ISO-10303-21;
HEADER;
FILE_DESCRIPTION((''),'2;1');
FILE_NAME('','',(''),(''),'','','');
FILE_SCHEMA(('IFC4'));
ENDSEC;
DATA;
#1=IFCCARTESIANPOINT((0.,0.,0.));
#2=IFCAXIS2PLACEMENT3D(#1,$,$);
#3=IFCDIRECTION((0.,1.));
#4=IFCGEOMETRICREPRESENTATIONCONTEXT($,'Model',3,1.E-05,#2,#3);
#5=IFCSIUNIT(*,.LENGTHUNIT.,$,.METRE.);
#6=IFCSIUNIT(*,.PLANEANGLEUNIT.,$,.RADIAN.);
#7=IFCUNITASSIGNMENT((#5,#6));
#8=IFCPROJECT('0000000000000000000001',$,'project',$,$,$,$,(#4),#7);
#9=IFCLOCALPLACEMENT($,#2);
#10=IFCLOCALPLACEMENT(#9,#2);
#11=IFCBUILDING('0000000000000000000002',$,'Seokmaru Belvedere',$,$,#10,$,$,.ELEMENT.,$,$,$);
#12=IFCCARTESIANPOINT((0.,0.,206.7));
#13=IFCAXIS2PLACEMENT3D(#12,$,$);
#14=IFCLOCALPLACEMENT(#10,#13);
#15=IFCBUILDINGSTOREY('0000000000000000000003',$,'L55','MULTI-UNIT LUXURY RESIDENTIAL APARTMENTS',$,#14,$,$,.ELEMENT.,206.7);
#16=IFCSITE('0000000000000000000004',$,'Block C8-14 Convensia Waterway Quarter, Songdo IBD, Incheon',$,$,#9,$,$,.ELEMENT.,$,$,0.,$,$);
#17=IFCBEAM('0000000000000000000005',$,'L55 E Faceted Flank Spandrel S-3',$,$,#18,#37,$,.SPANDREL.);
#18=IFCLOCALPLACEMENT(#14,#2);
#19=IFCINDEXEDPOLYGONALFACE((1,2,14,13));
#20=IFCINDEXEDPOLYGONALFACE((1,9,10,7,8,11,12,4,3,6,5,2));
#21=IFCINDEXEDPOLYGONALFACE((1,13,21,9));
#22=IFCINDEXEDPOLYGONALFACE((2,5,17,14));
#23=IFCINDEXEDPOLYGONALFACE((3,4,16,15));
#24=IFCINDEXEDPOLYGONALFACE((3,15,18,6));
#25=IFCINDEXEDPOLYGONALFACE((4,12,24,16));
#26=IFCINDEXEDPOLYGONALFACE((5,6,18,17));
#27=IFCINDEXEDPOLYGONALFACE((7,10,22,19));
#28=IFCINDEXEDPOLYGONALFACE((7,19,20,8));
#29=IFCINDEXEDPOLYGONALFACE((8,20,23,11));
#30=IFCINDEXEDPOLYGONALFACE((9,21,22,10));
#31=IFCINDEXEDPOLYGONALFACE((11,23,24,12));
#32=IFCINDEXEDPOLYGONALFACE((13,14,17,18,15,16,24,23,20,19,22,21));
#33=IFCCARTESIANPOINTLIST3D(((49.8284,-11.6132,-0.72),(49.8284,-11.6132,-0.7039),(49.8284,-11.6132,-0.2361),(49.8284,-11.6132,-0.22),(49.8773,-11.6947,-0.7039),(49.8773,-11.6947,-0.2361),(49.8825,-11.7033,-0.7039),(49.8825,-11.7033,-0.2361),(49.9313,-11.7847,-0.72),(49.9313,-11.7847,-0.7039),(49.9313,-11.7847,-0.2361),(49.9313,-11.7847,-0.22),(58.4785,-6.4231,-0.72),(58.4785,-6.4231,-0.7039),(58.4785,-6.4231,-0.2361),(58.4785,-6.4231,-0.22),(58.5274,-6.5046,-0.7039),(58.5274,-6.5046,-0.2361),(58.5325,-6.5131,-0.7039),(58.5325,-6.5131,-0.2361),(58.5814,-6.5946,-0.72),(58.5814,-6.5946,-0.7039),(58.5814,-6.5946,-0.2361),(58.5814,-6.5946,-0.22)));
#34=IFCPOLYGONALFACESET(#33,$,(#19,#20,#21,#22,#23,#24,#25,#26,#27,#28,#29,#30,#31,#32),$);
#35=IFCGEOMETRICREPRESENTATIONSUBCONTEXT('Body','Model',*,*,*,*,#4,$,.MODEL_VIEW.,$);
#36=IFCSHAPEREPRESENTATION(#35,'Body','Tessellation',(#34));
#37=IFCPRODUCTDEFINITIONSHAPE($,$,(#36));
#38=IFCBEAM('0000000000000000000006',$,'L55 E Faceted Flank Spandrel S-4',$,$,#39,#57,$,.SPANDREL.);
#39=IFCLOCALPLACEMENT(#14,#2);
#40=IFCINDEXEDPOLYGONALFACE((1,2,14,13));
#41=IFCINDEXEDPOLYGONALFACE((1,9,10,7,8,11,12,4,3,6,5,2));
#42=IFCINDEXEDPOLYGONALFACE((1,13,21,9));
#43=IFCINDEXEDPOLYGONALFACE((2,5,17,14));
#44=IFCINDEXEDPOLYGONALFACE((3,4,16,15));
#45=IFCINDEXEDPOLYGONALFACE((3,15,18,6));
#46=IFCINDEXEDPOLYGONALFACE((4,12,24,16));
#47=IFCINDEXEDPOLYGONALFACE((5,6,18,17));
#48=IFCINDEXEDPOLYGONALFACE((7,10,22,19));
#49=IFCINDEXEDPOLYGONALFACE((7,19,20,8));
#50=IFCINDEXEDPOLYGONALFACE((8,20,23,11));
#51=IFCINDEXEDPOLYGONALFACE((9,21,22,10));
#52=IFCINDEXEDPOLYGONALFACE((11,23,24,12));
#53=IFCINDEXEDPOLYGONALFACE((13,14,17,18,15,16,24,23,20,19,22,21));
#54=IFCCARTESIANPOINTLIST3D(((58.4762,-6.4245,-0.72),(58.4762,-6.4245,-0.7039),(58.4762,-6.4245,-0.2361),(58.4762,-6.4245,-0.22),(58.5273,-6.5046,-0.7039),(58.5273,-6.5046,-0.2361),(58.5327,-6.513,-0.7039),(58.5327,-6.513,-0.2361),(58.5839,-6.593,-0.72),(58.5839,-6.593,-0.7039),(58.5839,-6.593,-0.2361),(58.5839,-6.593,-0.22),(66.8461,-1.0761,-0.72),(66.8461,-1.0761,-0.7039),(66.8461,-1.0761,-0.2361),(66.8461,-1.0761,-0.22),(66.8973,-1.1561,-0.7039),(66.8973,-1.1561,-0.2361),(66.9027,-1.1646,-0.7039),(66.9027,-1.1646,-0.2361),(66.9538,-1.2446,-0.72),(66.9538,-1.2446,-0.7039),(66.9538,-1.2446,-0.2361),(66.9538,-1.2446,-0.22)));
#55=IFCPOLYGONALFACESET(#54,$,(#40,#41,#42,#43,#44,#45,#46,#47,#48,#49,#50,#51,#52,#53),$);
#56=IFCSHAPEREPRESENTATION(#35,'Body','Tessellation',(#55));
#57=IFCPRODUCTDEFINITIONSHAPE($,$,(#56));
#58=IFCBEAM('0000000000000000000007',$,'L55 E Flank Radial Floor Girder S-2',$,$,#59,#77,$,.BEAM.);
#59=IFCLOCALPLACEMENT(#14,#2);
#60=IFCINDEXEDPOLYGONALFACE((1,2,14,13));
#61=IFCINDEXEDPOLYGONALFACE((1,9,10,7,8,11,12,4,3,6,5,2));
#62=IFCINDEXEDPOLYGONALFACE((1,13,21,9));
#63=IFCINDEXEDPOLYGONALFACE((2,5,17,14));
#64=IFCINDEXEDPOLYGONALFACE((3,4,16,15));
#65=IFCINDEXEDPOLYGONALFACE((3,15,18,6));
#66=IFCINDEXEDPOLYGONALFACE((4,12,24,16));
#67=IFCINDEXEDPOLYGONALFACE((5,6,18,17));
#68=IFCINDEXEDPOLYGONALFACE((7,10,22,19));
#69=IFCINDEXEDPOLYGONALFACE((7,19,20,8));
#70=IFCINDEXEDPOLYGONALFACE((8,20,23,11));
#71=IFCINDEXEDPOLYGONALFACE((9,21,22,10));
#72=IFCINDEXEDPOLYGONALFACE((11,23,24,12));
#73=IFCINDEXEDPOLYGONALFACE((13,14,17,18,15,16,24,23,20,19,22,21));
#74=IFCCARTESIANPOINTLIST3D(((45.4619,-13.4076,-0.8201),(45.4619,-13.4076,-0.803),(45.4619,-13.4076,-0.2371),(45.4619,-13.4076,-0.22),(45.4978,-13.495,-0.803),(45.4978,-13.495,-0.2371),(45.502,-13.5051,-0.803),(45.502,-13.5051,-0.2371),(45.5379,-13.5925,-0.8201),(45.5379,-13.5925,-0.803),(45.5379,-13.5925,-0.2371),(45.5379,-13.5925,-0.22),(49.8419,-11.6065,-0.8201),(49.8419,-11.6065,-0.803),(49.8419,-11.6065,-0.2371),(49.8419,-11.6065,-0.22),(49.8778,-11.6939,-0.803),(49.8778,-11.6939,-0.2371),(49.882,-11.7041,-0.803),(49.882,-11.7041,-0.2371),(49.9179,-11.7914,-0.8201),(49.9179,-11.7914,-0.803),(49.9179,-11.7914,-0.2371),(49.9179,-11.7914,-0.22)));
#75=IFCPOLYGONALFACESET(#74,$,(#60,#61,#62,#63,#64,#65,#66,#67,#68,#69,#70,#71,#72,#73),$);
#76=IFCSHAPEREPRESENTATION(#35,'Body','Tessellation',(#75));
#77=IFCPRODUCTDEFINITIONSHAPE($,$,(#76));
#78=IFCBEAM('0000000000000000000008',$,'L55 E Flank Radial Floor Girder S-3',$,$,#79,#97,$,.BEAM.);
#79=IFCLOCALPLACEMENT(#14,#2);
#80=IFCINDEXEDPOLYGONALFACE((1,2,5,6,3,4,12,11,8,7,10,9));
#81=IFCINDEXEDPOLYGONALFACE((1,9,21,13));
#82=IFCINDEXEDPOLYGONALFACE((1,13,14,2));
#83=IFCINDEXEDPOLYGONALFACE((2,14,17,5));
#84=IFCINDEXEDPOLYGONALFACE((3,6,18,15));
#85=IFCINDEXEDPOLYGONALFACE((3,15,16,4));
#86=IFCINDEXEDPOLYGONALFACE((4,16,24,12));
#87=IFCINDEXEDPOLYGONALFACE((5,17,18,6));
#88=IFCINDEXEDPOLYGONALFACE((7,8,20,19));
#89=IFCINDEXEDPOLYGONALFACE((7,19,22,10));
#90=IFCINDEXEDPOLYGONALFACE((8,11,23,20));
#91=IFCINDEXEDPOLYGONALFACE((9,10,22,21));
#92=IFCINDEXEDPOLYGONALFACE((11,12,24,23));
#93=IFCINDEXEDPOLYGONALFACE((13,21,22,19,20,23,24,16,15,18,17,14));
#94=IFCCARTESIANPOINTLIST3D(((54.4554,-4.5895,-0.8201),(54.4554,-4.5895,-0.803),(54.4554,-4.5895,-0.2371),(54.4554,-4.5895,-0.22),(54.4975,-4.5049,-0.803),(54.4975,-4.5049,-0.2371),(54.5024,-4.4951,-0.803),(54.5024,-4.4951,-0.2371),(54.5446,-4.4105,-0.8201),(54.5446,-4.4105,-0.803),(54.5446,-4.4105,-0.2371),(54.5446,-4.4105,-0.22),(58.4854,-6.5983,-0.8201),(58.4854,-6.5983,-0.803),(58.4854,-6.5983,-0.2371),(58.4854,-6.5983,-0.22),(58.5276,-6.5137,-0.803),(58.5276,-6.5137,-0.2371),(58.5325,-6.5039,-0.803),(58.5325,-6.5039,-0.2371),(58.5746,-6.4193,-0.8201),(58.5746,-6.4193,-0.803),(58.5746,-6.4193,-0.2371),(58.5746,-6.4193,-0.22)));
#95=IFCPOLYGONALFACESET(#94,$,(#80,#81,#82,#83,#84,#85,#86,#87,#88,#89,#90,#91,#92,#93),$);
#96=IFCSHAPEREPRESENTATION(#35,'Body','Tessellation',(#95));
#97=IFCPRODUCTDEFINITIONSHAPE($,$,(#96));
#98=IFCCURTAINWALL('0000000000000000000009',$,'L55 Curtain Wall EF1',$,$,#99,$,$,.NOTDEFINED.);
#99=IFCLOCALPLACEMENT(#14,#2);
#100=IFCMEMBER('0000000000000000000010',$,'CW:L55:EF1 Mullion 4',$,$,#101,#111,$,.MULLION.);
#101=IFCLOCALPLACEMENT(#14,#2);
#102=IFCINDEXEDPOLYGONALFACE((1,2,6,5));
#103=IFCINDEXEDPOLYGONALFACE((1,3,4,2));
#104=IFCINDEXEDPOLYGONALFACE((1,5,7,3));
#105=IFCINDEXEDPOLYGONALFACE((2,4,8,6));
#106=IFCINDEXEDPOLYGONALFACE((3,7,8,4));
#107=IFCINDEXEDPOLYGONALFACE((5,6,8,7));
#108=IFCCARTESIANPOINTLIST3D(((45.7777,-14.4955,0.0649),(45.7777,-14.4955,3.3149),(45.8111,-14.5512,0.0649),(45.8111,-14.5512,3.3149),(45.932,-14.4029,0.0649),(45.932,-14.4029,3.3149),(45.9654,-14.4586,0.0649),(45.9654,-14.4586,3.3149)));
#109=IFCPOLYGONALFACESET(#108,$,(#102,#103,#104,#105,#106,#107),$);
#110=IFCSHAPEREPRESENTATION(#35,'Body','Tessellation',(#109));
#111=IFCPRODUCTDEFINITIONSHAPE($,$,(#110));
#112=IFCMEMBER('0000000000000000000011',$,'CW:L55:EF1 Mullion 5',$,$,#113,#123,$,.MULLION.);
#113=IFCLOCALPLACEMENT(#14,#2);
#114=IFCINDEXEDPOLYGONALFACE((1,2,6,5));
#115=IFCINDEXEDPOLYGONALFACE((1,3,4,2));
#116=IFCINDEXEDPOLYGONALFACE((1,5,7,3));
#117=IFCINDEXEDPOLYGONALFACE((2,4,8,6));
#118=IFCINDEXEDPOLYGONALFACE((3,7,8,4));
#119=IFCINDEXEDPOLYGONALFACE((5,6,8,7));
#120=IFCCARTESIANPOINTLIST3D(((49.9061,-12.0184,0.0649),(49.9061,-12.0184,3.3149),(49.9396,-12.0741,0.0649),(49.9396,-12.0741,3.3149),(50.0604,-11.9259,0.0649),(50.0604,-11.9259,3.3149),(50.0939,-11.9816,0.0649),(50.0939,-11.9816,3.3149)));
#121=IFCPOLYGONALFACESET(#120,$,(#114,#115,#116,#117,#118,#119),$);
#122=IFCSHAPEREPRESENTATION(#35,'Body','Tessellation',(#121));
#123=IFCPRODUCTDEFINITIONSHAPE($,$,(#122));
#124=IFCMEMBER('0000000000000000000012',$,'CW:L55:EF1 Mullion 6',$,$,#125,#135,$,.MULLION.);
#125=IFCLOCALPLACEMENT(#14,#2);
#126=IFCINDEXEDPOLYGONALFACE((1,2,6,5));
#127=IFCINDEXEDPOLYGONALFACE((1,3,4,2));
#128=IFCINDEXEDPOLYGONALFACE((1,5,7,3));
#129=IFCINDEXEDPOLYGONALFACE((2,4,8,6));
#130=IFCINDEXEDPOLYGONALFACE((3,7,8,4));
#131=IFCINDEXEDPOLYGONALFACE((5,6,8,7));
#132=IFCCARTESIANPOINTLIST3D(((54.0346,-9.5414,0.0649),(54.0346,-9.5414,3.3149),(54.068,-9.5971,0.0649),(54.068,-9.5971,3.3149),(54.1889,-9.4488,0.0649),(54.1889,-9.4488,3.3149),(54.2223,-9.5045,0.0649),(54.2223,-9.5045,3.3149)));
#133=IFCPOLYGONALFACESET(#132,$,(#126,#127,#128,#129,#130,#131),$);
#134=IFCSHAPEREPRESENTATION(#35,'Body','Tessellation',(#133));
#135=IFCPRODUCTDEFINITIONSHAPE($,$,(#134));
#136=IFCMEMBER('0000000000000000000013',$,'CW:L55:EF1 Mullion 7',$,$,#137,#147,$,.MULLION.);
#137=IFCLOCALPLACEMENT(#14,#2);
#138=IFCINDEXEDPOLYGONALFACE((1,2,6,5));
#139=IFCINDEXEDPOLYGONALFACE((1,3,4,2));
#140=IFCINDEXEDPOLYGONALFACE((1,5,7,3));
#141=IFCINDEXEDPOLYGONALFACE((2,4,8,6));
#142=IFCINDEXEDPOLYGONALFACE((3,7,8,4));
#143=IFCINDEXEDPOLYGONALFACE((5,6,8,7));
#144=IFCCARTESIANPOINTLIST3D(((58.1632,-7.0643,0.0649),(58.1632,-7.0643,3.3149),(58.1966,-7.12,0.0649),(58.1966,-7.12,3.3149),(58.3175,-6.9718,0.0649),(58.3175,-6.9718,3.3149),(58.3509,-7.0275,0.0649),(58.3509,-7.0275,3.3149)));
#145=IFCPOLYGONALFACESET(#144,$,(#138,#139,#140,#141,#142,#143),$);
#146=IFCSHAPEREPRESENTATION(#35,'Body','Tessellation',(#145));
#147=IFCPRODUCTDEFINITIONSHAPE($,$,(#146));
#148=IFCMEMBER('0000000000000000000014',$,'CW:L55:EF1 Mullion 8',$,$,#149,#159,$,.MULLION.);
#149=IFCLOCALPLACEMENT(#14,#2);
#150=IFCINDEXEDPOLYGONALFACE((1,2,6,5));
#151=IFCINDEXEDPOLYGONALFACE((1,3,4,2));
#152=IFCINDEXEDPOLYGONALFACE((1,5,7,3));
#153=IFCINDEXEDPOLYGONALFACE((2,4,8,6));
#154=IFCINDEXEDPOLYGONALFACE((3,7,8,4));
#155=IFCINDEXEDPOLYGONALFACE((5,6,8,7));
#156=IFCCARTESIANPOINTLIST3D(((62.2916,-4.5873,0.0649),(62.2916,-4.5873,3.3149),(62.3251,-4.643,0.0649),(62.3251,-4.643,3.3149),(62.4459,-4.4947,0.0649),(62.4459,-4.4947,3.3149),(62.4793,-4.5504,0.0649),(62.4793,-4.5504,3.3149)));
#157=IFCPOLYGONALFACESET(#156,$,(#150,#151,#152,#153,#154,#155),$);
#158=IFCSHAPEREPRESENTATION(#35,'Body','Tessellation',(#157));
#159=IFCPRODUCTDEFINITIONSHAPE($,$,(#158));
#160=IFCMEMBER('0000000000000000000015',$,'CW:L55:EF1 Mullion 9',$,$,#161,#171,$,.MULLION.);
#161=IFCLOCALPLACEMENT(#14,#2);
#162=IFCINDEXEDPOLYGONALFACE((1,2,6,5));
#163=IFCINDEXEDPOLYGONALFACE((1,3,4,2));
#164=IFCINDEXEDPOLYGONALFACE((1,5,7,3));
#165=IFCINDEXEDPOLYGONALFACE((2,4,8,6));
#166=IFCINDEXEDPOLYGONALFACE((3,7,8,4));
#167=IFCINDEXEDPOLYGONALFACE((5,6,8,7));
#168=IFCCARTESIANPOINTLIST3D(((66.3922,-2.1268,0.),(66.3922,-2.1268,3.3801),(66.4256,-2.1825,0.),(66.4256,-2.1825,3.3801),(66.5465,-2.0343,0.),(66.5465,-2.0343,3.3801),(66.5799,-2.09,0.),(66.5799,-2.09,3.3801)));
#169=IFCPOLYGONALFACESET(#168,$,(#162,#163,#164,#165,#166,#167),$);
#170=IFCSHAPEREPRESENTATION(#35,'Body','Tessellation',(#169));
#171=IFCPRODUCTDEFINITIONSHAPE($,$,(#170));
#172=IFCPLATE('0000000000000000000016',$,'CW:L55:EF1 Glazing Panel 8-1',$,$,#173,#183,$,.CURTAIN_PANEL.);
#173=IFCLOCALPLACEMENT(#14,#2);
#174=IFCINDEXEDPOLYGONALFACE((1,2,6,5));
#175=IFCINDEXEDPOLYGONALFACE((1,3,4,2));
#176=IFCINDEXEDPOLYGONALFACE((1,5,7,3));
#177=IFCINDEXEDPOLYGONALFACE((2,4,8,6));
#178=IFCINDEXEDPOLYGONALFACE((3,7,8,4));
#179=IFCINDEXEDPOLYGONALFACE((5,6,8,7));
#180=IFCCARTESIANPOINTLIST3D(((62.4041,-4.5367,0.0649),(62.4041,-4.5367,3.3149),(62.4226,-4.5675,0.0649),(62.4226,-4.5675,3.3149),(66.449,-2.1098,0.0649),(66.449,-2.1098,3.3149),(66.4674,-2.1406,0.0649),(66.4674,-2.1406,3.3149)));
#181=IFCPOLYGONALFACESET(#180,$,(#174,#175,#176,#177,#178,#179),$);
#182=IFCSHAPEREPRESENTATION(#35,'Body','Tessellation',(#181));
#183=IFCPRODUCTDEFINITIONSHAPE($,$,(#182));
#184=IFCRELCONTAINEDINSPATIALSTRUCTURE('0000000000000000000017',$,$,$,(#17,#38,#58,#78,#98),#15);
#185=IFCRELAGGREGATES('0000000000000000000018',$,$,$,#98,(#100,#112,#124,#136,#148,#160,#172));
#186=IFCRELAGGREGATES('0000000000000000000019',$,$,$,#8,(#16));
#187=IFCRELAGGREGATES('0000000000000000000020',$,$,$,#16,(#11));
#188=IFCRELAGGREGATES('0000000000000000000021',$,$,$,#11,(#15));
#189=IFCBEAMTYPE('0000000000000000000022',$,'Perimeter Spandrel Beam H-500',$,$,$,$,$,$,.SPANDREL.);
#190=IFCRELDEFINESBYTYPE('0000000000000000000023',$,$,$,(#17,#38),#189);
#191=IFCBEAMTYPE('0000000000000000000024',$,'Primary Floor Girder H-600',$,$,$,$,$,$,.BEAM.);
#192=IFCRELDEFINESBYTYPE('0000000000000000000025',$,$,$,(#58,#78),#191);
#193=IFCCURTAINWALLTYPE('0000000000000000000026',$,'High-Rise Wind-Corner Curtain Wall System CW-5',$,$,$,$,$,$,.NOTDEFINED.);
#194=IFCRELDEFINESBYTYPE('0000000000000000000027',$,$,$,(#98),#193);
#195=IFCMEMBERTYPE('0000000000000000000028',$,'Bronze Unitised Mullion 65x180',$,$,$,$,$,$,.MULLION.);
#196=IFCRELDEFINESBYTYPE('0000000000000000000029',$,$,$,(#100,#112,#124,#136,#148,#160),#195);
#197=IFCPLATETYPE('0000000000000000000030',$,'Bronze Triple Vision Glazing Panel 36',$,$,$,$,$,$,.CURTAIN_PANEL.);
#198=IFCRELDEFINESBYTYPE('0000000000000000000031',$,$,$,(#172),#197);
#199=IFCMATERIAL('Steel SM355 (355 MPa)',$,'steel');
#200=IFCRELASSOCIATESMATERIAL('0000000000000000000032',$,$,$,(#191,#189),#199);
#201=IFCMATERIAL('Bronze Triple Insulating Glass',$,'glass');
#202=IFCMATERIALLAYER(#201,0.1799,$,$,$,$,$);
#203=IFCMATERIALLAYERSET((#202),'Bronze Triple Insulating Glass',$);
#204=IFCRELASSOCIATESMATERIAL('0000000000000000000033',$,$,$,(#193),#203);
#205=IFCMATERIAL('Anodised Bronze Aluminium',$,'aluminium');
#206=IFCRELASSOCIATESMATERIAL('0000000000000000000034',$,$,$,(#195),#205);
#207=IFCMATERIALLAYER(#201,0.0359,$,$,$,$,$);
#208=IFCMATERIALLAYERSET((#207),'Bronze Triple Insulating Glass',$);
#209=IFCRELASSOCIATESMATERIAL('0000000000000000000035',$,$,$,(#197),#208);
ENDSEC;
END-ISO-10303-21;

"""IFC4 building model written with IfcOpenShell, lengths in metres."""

from ifc_helpers import new_model, si_unit, direction, frame, origin, origin_2d, place, context, subcontext, project, spatial, rectangle, i_section, extrude, source, transform, mapped, material, layer, layer_set, material_profile, profile_set, type_object, type_shapes, element, aggregate, save


model = new_model("IFC4")

# Units and contexts
model_context = context("Model", 3, precision=1e-05, world=origin(), true_north=direction((0.0, 1.0)))
body_context = subcontext(model_context, "Body", "Model", "MODEL_VIEW")
ifc_project = project(units=[si_unit("LENGTHUNIT", "METRE"), si_unit("PLANEANGLEUNIT", "RADIAN")], contexts=[model_context])

# Site, building, storey
site_placement = place(None, origin())
site = spatial("IfcSite", under=ifc_project, at=site_placement, Name="Block C8-14 Convensia Waterway Quarter, Songdo IBD, Incheon", CompositionType="ELEMENT", RefElevation=0.0)
building_placement = place(site_placement, origin())
building = spatial("IfcBuilding", under=site, at=building_placement, Name="Seokmaru Belvedere", CompositionType="ELEMENT")
storey_placement = place(building_placement, frame((0.0, 0.0, 206.7)))
storey = spatial("IfcBuildingStorey", under=building, at=storey_placement, Name="L55", Description="MULTI-UNIT LUXURY RESIDENTIAL APARTMENTS", CompositionType="ELEMENT", Elevation=206.7)

# Shared definitions
ifc_material_1 = material(Name="Steel SM355 (355 MPa)", Category="steel")

# Beams
ifc_material_profile_1 = material_profile(ifc_material_1, i_section(OverallWidth=0.2, OverallDepth=0.6001, WebThickness=0.011, FlangeThickness=0.0171, at=origin_2d()), Name="H-600x200x11x17")
ifc_profile_set_1 = profile_set([ifc_material_profile_1], Name="Steel SM355 (355 MPa)")
beam_type_1 = type_object("IfcBeamType", Name="Primary Floor Girder H-600", PredefinedType="BEAM", material=ifc_profile_set_1)
ifc_material_profile_2 = material_profile(ifc_material_1, i_section(OverallWidth=0.2, OverallDepth=0.5, WebThickness=0.01, FlangeThickness=0.0161, at=origin_2d()), Name="H-500x200x10x16")
ifc_profile_set_2 = profile_set([ifc_material_profile_2], Name="Steel SM355 (355 MPa)")
beam_type_2 = type_object("IfcBeamType", Name="Perimeter Spandrel Beam H-500", PredefinedType="SPANDREL", material=ifc_profile_set_2)
shared_shape_1 = source(origin(), body_context, "Body", "SweptSolid", [
    extrude(i_section(OverallWidth=0.2, OverallDepth=0.5, WebThickness=0.01, FlangeThickness=0.0161, at=origin_2d()), origin(), (0.0, 0.0, 1.0), 10.0876),
])
beam_1_placement = place(storey_placement, frame((49.8799, -11.699, -0.47), z_axis=(0.857489, 0.514503, 0.0), x_axis=(-0.514503, 0.857489, 0.0)))
element("IfcBeam", 1, at=beam_1_placement, inside=storey, type_object=beam_type_2, Name="L55 E Faceted Flank Spandrel S-3", PredefinedType="SPANDREL", context=body_context, shape_type="MappedRepresentation", body=[
    mapped(shared_shape_1, transform((0.0, 0.0, 0.0), scale=1.0)),
])
shared_shape_2 = source(origin(), body_context, "Body", "SweptSolid", [
    extrude(i_section(OverallWidth=0.2, OverallDepth=0.5, WebThickness=0.01, FlangeThickness=0.0161, at=origin_2d()), origin(), (0.0, 0.0, 1.0), 9.9329),
])
type_shapes(beam_type_2, [shared_shape_1, shared_shape_2])
beam_2_placement = place(storey_placement, frame((58.53, -6.5088, -0.47), z_axis=(0.842652, 0.538459, 0.0), x_axis=(-0.538459, 0.842652, 0.0)))
element("IfcBeam", 2, at=beam_2_placement, inside=storey, type_object=beam_type_2, Name="L55 E Faceted Flank Spandrel S-4", PredefinedType="SPANDREL", context=body_context, shape_type="MappedRepresentation", body=[
    mapped(shared_shape_2, transform((0.0, 0.0, 0.0), scale=1.0)),
])
shared_shape_3 = source(origin(), body_context, "Body", "SweptSolid", [
    extrude(i_section(OverallWidth=0.2, OverallDepth=0.6001, WebThickness=0.011, FlangeThickness=0.0171, at=origin_2d()), origin(), (0.0, 0.0, 1.0), 4.7358),
])
beam_3_placement = place(storey_placement, frame((49.8799, -11.699, -0.52), z_axis=(-0.924861, -0.380306, 0.0), x_axis=(0.380306, -0.924861, 0.0)))
element("IfcBeam", 3, at=beam_3_placement, inside=storey, type_object=beam_type_1, Name="L55 E Flank Radial Floor Girder S-2", PredefinedType="BEAM", context=body_context, shape_type="MappedRepresentation", body=[
    mapped(shared_shape_3, transform((0.0, 0.0, 0.0), scale=1.0)),
])
shared_shape_4 = source(origin(), body_context, "Body", "SweptSolid", [
    extrude(i_section(OverallWidth=0.2, OverallDepth=0.6001, WebThickness=0.011, FlangeThickness=0.0171, at=origin_2d()), origin(), (0.0, 0.0, 1.0), 4.5029),
])
beam_4_placement = place(storey_placement, frame((58.53, -6.5088, -0.52), z_axis=(-0.89498, 0.446107, 0.0), x_axis=(-0.446107, -0.89498, 0.0)))
element("IfcBeam", 4, at=beam_4_placement, inside=storey, type_object=beam_type_1, Name="L55 E Flank Radial Floor Girder S-3", PredefinedType="BEAM", context=body_context, shape_type="MappedRepresentation", body=[
    mapped(shared_shape_4, transform((0.0, 0.0, 0.0), scale=1.0)),
])

# Curtain wall, members, plate
ifc_material_2 = material(Name="Bronze Triple Insulating Glass", Category="glass")
ifc_layer_1 = layer(ifc_material_2, 0.1799)
ifc_layer_set_1 = layer_set([ifc_layer_1], Name="Bronze Triple Insulating Glass")
curtain_wall_type = type_object("IfcCurtainWallType", Name="High-Rise Wind-Corner Curtain Wall System CW-5", PredefinedType="NOTDEFINED", material=ifc_layer_set_1)
curtain_wall_placement = place(storey_placement, origin())
curtain_wall = element("IfcCurtainWall", 5, at=curtain_wall_placement, inside=storey, type_object=curtain_wall_type, Name="L55 Curtain Wall EF1", PredefinedType="NOTDEFINED")
ifc_material_3 = material(Name="Anodised Bronze Aluminium", Category="aluminium")
ifc_material_profile_3 = material_profile(ifc_material_3, rectangle(XDim=0.0649, YDim=0.1799, at=origin_2d()), Name="CW-M-65x180")
ifc_profile_set_3 = profile_set([ifc_material_profile_3], Name="Anodised Bronze Aluminium")
member_type = type_object("IfcMemberType", Name="Bronze Unitised Mullion 65x180", PredefinedType="MULLION", material=ifc_profile_set_3)
shared_shape_5 = source(origin(), body_context, "Body", "SweptSolid", [
    extrude(rectangle(XDim=0.0649, YDim=0.1799, at=origin_2d()), origin(), (0.0, 0.0, 1.0), 3.25),
])
member_1_placement = place(storey_placement, frame((45.8716, -14.4771, 0.0649), z_axis=(0.0, 0.0, 1.0), x_axis=(-0.514495, 0.857493, 0.0)))
member_1 = element("IfcMember", 6, at=member_1_placement, type_object=member_type, Name="CW:L55:EF1 Mullion 4", PredefinedType="MULLION", context=body_context, shape_type="MappedRepresentation", body=[
    mapped(shared_shape_5, transform((0.0, 0.0, 0.0), scale=1.0)),
])
member_2_placement = place(storey_placement, frame((50.0, -12.0, 0.0649), z_axis=(0.0, 0.0, 1.0), x_axis=(-0.514495, 0.857493, 0.0)))
member_2 = element("IfcMember", 7, at=member_2_placement, type_object=member_type, Name="CW:L55:EF1 Mullion 5", PredefinedType="MULLION", context=body_context, shape_type="MappedRepresentation", body=[
    mapped(shared_shape_5, transform((0.0, 0.0, 0.0), scale=1.0)),
])
member_3_placement = place(storey_placement, frame((54.1284, -9.5229, 0.0649), z_axis=(0.0, 0.0, 1.0), x_axis=(-0.514495, 0.857493, 0.0)))
member_3 = element("IfcMember", 8, at=member_3_placement, type_object=member_type, Name="CW:L55:EF1 Mullion 6", PredefinedType="MULLION", context=body_context, shape_type="MappedRepresentation", body=[
    mapped(shared_shape_5, transform((0.0, 0.0, 0.0), scale=1.0)),
])
member_4_placement = place(storey_placement, frame((58.2571, -7.0459, 0.0649), z_axis=(0.0, 0.0, 1.0), x_axis=(-0.514495, 0.857493, 0.0)))
member_4 = element("IfcMember", 9, at=member_4_placement, type_object=member_type, Name="CW:L55:EF1 Mullion 7", PredefinedType="MULLION", context=body_context, shape_type="MappedRepresentation", body=[
    mapped(shared_shape_5, transform((0.0, 0.0, 0.0), scale=1.0)),
])
member_5_placement = place(storey_placement, frame((62.3855, -4.5688, 0.0649), z_axis=(0.0, 0.0, 1.0), x_axis=(-0.514495, 0.857493, 0.0)))
member_5 = element("IfcMember", 10, at=member_5_placement, type_object=member_type, Name="CW:L55:EF1 Mullion 8", PredefinedType="MULLION", context=body_context, shape_type="MappedRepresentation", body=[
    mapped(shared_shape_5, transform((0.0, 0.0, 0.0), scale=1.0)),
])
shared_shape_6 = source(origin(), body_context, "Body", "SweptSolid", [
    extrude(rectangle(XDim=0.0649, YDim=0.1799, at=origin_2d()), origin(), (0.0, 0.0, 1.0), 3.3801),
])
type_shapes(member_type, [shared_shape_5, shared_shape_6])
member_6_placement = place(storey_placement, frame((66.4861, -2.1084, 0.0), z_axis=(0.0, 0.0, 1.0), x_axis=(-0.514495, 0.857493, 0.0)))
member_6 = element("IfcMember", 11, at=member_6_placement, type_object=member_type, Name="CW:L55:EF1 Mullion 9", PredefinedType="MULLION", context=body_context, shape_type="MappedRepresentation", body=[
    mapped(shared_shape_6, transform((0.0, 0.0, 0.0), scale=1.0)),
])
ifc_layer_2 = layer(ifc_material_2, 0.0359)
ifc_layer_set_2 = layer_set([ifc_layer_2], Name="Bronze Triple Insulating Glass")
plate_type = type_object("IfcPlateType", Name="Bronze Triple Vision Glazing Panel 36", PredefinedType="CURTAIN_PANEL", material=ifc_layer_set_2)
shared_shape_7 = source(origin(), body_context, "Body", "SweptSolid", [
    extrude(rectangle(XDim=4.717, YDim=0.0359, at=origin_2d()), origin(), (0.0, 0.0, 1.0), 3.25),
])
plate_1_placement = place(storey_placement, frame((64.4358, -3.3386, 0.0649), z_axis=(0.0, 0.0, 1.0), x_axis=(0.857493, 0.514495, 0.0)))
plate_1 = element("IfcPlate", 12, at=plate_1_placement, type_object=plate_type, Name="CW:L55:EF1 Glazing Panel 8-1", PredefinedType="CURTAIN_PANEL", context=body_context, shape_type="MappedRepresentation", body=[
    mapped(shared_shape_7, transform((0.0, 0.0, 0.0), scale=1.0)),
])
aggregate(curtain_wall, [member_1, member_2, member_3, member_4, member_5, member_6, plate_1])

save(model, "model.ifc")
